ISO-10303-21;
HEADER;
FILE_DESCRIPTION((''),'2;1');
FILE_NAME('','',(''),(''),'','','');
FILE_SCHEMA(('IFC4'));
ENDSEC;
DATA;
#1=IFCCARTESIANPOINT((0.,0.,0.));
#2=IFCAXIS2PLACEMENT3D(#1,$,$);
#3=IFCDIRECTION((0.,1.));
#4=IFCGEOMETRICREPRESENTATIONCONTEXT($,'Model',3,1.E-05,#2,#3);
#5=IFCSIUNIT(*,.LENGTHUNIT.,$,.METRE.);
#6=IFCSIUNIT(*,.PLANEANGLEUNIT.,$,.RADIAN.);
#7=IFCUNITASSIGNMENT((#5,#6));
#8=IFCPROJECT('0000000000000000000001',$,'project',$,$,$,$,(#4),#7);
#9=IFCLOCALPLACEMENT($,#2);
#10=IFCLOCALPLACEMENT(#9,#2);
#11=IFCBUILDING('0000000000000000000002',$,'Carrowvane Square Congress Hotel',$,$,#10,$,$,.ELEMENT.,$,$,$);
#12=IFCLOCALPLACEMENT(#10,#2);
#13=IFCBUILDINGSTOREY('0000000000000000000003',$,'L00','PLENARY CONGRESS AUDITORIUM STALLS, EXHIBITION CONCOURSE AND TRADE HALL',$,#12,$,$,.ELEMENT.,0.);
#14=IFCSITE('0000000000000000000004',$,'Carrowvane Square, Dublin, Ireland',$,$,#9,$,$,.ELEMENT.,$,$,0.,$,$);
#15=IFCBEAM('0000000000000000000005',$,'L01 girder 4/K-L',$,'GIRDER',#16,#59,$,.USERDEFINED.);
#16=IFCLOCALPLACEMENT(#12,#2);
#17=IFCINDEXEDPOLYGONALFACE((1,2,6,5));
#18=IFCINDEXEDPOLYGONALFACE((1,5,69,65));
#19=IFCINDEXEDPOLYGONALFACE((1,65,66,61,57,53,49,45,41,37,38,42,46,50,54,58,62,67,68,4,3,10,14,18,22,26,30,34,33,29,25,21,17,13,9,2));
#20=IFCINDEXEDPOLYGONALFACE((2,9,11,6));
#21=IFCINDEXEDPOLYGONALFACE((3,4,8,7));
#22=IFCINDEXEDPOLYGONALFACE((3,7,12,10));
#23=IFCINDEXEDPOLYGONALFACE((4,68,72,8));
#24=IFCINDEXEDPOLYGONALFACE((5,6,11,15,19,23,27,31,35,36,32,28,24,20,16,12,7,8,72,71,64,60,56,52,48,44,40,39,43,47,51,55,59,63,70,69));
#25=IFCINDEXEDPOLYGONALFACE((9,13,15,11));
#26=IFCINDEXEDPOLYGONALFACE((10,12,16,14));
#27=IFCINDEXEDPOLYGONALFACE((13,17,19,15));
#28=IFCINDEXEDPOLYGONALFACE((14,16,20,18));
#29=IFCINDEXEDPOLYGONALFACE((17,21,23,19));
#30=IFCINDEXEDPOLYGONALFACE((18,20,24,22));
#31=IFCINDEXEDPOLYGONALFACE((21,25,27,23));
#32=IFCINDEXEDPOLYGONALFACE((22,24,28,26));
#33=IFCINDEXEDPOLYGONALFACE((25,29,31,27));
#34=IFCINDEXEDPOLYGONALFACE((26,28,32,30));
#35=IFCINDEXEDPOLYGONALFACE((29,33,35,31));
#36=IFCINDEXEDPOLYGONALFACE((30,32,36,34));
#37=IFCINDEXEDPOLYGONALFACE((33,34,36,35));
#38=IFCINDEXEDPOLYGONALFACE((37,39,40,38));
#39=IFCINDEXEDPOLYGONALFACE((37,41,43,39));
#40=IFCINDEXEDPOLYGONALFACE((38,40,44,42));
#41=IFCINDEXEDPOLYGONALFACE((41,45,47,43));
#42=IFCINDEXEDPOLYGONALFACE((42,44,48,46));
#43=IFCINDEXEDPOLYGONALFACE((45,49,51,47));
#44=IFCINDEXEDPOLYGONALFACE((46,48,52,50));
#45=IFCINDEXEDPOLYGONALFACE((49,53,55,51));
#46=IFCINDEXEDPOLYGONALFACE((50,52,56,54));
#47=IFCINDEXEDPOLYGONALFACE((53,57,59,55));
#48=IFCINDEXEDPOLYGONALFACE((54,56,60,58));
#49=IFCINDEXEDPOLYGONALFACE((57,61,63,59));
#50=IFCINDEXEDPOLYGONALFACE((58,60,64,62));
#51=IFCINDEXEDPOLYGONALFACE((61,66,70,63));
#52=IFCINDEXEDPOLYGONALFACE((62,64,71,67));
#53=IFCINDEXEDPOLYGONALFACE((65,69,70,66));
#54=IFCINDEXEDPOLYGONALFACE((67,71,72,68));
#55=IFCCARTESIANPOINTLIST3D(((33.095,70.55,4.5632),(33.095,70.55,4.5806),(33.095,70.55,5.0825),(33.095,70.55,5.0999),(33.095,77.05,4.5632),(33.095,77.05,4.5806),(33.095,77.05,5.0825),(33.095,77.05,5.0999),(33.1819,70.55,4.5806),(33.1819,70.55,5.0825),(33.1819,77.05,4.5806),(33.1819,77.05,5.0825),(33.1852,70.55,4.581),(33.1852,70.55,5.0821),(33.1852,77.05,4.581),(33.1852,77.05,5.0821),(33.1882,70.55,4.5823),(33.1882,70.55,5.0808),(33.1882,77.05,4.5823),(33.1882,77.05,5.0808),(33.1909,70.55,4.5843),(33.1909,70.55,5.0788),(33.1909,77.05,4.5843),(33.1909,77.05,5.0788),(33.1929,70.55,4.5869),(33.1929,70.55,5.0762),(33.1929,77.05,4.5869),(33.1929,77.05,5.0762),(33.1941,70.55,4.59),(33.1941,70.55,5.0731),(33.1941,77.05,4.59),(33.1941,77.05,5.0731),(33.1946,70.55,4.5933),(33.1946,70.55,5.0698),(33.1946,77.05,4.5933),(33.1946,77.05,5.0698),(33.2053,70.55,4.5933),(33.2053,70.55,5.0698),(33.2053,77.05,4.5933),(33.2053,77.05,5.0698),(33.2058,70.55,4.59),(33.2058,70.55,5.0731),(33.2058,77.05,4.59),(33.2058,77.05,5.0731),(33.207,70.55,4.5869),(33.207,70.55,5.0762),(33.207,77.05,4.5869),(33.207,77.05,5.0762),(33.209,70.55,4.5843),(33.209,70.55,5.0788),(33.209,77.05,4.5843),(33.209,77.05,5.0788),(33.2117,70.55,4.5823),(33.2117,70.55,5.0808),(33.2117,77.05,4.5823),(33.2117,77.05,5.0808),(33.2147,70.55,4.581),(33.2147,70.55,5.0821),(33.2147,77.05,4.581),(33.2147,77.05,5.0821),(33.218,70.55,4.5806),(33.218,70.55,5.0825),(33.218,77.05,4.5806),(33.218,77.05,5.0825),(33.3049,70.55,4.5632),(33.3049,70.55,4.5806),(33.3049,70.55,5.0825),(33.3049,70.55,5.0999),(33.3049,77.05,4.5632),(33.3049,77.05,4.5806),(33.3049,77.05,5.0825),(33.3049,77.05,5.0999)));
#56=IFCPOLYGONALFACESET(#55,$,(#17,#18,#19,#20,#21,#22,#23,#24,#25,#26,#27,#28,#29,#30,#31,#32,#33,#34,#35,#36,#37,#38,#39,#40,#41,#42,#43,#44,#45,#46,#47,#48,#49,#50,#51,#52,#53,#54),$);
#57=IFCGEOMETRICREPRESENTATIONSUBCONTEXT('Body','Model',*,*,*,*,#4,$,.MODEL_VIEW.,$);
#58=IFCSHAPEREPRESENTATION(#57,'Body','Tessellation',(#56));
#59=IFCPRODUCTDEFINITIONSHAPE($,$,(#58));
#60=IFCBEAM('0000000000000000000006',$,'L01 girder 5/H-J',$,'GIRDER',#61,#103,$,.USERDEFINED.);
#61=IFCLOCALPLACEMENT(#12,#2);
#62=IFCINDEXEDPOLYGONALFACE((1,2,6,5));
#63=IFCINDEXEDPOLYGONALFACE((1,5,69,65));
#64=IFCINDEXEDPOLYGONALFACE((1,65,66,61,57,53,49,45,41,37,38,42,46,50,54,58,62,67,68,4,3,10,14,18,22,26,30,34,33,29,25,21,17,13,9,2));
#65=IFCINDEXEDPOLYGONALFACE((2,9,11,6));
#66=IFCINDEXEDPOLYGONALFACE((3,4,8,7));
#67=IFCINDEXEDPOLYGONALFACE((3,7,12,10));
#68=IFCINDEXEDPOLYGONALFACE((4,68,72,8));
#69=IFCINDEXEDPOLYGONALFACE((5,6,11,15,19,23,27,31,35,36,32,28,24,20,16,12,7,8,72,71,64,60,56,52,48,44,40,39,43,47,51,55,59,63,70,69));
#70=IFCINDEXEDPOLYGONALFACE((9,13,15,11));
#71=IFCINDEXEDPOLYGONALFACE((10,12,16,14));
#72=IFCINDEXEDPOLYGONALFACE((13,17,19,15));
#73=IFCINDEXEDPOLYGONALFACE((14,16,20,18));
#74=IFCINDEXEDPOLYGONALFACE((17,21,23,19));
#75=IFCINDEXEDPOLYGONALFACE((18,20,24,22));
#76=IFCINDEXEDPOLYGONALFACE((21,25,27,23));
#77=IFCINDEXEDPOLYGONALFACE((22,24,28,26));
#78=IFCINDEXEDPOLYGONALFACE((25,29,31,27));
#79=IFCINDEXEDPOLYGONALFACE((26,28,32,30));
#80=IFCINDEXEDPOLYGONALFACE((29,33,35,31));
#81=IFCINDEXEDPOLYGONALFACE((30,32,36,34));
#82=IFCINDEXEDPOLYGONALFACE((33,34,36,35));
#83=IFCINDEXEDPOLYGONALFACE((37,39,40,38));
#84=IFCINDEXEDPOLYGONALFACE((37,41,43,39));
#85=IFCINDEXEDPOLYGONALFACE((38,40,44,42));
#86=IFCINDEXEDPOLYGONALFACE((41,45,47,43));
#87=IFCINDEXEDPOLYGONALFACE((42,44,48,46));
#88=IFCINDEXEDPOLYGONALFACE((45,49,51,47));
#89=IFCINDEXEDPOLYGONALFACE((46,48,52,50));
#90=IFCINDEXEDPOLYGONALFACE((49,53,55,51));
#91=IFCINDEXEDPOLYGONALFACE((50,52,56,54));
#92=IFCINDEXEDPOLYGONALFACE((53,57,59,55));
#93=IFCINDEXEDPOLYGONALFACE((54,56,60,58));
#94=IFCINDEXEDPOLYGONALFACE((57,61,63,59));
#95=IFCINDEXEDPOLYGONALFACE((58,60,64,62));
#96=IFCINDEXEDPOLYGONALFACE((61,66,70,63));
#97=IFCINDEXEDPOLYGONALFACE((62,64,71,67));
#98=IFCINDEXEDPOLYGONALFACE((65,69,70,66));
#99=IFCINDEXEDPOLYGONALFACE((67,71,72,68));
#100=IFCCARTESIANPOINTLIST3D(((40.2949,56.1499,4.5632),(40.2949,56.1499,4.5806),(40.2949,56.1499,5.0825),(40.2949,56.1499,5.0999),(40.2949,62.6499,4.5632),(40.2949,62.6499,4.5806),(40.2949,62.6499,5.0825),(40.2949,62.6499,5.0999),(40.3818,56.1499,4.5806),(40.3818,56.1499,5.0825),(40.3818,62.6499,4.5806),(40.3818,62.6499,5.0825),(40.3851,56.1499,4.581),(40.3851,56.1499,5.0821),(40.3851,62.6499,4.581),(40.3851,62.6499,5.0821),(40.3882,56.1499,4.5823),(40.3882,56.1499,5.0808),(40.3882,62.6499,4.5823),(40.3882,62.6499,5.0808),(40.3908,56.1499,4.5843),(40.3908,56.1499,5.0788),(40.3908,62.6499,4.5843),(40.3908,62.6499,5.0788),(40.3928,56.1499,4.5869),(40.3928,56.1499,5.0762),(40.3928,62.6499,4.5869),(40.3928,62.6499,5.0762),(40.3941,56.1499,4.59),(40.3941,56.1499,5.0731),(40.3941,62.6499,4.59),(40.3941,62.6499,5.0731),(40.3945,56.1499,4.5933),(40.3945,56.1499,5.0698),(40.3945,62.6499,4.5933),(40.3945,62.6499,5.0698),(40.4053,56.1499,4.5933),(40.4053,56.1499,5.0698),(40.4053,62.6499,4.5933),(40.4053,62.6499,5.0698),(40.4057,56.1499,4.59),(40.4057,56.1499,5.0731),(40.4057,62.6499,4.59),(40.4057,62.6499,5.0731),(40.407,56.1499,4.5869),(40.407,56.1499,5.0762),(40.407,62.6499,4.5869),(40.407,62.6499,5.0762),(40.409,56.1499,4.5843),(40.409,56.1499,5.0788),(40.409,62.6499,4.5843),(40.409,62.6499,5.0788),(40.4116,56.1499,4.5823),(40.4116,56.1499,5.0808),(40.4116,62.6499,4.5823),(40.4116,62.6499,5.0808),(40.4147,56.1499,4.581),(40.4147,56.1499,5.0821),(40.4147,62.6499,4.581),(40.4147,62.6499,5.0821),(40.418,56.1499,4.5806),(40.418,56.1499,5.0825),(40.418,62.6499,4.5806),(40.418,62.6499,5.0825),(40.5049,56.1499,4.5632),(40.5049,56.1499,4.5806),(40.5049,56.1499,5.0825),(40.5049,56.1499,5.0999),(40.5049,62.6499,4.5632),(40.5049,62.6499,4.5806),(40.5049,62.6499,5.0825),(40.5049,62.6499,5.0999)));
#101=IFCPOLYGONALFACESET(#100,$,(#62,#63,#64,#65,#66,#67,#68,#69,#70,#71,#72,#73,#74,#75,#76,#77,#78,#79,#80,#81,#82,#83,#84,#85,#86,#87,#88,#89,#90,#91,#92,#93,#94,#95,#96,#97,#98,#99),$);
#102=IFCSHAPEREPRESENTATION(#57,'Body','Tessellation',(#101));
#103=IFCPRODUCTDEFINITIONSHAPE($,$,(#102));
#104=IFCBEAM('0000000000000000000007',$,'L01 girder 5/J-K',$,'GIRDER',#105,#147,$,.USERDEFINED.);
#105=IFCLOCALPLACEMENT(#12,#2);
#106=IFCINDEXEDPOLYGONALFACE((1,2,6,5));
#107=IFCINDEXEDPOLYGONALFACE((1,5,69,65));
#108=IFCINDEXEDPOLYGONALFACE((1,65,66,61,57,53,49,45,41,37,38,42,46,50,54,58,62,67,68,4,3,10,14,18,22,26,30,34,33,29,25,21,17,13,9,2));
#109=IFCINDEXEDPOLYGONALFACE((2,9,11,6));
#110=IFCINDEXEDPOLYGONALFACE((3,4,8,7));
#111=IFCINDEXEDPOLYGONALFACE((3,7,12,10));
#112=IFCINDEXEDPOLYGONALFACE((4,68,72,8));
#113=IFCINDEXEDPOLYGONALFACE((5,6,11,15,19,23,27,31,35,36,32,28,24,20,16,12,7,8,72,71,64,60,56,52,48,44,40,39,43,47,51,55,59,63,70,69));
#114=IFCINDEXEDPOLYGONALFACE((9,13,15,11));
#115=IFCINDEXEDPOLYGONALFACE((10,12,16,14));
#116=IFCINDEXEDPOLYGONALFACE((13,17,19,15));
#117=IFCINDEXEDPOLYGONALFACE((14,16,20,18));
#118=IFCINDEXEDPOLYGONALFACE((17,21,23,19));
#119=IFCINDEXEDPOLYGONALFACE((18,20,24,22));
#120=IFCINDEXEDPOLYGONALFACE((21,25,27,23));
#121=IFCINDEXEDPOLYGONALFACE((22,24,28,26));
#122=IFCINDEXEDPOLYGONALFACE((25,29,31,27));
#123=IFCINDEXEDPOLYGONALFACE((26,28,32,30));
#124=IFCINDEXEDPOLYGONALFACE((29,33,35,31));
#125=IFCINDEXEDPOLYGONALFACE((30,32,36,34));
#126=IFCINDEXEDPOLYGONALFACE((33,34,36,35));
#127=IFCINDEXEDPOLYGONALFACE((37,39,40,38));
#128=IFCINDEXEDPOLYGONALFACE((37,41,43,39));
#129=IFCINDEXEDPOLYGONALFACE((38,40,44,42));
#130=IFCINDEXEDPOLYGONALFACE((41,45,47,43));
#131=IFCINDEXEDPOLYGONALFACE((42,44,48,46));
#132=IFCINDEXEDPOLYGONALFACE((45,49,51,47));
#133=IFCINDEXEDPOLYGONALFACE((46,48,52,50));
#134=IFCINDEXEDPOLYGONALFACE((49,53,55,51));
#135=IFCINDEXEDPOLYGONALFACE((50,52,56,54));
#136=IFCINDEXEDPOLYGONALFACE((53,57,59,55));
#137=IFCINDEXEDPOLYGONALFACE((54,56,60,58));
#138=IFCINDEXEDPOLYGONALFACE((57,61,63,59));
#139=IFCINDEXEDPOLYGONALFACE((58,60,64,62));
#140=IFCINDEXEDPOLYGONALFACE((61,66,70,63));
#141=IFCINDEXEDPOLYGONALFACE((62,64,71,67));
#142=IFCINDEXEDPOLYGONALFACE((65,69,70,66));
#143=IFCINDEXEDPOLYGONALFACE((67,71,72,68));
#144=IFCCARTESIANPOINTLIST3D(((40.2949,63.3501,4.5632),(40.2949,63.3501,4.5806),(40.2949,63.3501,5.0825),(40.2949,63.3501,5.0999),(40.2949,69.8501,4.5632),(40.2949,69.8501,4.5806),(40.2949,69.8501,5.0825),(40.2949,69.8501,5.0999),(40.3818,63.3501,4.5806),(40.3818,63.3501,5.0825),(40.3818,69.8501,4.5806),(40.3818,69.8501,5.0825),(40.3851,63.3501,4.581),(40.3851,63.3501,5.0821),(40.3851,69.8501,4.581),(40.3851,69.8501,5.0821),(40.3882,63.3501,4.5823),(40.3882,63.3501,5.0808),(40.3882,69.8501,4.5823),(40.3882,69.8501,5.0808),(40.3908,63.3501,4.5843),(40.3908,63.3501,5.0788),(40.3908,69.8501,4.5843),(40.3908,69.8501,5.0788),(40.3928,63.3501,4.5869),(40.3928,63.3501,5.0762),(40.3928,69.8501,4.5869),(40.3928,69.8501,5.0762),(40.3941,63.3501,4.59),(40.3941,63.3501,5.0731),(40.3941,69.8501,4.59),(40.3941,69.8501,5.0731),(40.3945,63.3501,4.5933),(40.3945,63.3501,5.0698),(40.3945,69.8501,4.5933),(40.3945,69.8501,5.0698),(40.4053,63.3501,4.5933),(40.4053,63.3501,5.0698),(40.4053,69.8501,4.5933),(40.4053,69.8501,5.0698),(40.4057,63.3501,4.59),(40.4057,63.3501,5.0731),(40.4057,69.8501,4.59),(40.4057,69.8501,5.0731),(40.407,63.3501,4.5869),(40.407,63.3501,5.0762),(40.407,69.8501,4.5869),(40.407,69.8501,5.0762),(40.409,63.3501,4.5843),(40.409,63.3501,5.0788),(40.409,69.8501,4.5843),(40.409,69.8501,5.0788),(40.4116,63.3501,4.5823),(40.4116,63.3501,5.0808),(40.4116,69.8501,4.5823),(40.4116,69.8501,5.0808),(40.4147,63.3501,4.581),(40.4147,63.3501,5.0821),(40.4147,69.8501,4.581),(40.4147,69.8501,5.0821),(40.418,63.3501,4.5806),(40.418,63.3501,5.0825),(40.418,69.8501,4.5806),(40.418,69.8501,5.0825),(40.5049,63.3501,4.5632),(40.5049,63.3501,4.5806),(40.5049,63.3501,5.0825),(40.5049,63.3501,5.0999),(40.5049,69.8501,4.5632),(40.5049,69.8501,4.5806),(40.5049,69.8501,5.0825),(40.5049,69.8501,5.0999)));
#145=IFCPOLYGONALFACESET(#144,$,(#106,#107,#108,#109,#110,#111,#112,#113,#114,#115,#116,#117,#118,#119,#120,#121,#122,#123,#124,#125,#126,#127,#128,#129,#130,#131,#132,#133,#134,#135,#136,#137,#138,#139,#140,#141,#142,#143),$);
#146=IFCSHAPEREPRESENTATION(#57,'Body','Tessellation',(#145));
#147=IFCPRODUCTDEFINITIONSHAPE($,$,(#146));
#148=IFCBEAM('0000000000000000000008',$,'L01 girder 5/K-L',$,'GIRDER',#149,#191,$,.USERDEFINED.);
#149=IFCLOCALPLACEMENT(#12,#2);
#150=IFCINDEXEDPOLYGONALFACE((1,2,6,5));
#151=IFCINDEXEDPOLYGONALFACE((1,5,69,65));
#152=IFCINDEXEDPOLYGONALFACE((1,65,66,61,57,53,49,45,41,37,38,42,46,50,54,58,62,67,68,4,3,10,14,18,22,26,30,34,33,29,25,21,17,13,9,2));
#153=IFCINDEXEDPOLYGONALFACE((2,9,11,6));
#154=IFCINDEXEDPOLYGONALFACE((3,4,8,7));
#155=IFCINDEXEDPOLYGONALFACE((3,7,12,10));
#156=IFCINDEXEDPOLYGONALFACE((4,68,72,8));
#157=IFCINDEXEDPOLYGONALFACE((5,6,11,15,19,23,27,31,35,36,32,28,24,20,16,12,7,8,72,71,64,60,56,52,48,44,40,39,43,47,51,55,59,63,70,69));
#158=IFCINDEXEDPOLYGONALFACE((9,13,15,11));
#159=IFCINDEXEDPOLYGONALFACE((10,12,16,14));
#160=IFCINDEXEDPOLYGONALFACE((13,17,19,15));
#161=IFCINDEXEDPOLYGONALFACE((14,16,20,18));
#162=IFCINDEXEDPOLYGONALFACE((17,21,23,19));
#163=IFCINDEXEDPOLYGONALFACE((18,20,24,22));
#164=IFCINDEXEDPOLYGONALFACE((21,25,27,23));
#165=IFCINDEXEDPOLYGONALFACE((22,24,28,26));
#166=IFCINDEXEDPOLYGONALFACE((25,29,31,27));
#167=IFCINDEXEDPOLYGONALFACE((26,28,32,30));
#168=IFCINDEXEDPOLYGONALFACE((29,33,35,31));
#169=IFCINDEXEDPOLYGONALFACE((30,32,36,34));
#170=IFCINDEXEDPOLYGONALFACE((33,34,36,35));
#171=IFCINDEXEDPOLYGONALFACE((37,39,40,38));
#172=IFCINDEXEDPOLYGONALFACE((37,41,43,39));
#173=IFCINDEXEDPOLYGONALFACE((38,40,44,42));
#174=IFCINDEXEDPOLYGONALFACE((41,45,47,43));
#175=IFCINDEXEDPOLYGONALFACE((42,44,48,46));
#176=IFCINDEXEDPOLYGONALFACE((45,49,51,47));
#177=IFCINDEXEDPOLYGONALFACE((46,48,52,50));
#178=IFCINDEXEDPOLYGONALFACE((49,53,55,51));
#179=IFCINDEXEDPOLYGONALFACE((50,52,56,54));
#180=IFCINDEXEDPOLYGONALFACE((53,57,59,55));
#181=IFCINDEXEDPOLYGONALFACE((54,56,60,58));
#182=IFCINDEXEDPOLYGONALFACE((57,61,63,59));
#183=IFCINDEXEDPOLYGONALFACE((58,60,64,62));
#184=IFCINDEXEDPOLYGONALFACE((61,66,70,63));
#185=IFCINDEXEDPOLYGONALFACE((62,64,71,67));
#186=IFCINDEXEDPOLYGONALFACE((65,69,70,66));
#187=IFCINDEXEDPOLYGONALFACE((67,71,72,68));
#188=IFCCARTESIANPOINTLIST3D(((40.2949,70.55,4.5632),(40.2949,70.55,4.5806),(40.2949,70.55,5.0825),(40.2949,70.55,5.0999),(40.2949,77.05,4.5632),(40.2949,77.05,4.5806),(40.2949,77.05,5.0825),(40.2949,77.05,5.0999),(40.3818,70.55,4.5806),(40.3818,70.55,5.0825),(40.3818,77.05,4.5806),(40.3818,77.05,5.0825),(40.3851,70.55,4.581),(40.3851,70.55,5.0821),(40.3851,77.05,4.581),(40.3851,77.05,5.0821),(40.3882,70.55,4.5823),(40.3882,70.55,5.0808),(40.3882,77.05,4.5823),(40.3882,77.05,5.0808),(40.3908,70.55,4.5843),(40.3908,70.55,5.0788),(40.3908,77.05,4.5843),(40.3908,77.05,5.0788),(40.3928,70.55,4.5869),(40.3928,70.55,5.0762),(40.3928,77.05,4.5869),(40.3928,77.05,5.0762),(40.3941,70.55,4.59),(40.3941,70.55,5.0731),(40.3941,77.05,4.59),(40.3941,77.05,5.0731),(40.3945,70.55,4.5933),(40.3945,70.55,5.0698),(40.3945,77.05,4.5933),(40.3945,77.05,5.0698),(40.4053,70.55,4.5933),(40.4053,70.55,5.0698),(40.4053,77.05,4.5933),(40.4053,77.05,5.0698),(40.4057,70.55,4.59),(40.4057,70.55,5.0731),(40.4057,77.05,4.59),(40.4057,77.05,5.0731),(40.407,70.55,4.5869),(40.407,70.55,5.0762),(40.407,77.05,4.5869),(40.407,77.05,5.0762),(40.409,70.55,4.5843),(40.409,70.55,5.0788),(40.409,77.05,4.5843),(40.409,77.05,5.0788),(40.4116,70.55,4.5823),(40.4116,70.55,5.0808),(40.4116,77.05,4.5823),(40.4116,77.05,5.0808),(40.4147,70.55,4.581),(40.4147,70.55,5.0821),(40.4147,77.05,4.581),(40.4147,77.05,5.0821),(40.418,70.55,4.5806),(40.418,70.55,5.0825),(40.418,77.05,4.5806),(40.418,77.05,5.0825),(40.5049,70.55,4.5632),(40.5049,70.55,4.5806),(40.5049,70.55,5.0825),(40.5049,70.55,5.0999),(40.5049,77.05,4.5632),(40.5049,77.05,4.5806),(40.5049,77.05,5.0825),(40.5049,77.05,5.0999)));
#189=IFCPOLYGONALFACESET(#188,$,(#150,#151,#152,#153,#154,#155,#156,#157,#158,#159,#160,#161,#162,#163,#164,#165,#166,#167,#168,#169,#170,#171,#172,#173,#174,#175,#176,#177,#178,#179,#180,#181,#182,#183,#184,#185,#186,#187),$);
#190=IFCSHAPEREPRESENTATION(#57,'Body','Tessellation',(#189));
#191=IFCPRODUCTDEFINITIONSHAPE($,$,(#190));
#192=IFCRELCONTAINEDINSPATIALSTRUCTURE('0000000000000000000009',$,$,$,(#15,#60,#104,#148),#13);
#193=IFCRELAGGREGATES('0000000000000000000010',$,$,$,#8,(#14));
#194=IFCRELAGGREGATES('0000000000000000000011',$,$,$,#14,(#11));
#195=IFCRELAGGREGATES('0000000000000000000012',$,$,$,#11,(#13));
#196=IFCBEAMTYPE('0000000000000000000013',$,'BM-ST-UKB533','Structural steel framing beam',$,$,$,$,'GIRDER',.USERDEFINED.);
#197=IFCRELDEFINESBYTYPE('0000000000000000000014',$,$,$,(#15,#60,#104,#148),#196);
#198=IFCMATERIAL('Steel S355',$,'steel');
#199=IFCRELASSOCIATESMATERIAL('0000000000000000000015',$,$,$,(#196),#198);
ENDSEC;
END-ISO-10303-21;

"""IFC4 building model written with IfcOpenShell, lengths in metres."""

from ifc_helpers import new_model, si_unit, direction, frame, origin, origin_2d, place, context, subcontext, project, spatial, i_section, extrude, material, material_profile, profile_set, type_object, element, save


model = new_model("IFC4")

# Units and contexts
model_context = context("Model", 3, precision=1e-05, world=origin(), true_north=direction((0.0, 1.0)))
body_context = subcontext(model_context, "Body", "Model", "MODEL_VIEW")
ifc_project = project(units=[si_unit("LENGTHUNIT", "METRE"), si_unit("PLANEANGLEUNIT", "RADIAN")], contexts=[model_context])

# Site, building, storey
site_placement = place(None, origin())
site = spatial("IfcSite", under=ifc_project, at=site_placement, Name="Carrowvane Square, Dublin, Ireland", CompositionType="ELEMENT", RefElevation=0.0)
building_placement = place(site_placement, origin())
building = spatial("IfcBuilding", under=site, at=building_placement, Name="Carrowvane Square Congress Hotel", CompositionType="ELEMENT")
storey_placement = place(building_placement, origin())
storey = spatial("IfcBuildingStorey", under=building, at=storey_placement, Name="L00", Description="PLENARY CONGRESS AUDITORIUM STALLS, EXHIBITION CONCOURSE AND TRADE HALL", CompositionType="ELEMENT", Elevation=0.0)

# Beams
ifc_material_1 = material(Name="Steel S355", Category="steel")
ifc_material_profile_1 = material_profile(ifc_material_1, i_section(OverallWidth=0.21, OverallDepth=0.5366, WebThickness=0.0107, FlangeThickness=0.0173, FilletRadius=0.0127, at=origin_2d()), Name="UKB 533x210x101")
ifc_profile_set_1 = profile_set([ifc_material_profile_1], Name="Steel S355")
beam_type_1 = type_object("IfcBeamType", Name="BM-ST-UKB533", Description="Structural steel framing beam", ElementType="GIRDER", PredefinedType="USERDEFINED", material=ifc_profile_set_1)
for number, where, z_axis, x_axis, name in (
    (1, (33.2, 70.55, 4.8315), (0.0, 1.0, 0.0), (-1.0, 0.0, 0.0), "L01 girder 4/K-L"),
    (2, (40.3999, 56.1499, 4.8315), (0.0, 1.0, 0.0), (-1.0, 0.0, 0.0), "L01 girder 5/H-J"),
    (3, (40.3999, 63.3501, 4.8315), (0.0, 1.0, 0.0), (-1.0, 0.0, 0.0), "L01 girder 5/J-K"),
    (4, (40.3999, 70.55, 4.8315), (0.0, 1.0, 0.0), (-1.0, 0.0, 0.0), "L01 girder 5/K-L"),
):
    element("IfcBeam", number, at=place(storey_placement, frame(where, z_axis=z_axis, x_axis=x_axis)), inside=storey, type_object=beam_type_1, Name=name, ObjectType="GIRDER", PredefinedType="USERDEFINED", context=body_context, shape_type="SweptSolid", body=[
        extrude(i_section(OverallWidth=0.21, OverallDepth=0.5366, WebThickness=0.0107, FlangeThickness=0.0173, FilletRadius=0.0127, at=origin_2d()), origin(), (0.0, 0.0, 1.0), 6.5),
    ])

save(model, "model.ifc")
